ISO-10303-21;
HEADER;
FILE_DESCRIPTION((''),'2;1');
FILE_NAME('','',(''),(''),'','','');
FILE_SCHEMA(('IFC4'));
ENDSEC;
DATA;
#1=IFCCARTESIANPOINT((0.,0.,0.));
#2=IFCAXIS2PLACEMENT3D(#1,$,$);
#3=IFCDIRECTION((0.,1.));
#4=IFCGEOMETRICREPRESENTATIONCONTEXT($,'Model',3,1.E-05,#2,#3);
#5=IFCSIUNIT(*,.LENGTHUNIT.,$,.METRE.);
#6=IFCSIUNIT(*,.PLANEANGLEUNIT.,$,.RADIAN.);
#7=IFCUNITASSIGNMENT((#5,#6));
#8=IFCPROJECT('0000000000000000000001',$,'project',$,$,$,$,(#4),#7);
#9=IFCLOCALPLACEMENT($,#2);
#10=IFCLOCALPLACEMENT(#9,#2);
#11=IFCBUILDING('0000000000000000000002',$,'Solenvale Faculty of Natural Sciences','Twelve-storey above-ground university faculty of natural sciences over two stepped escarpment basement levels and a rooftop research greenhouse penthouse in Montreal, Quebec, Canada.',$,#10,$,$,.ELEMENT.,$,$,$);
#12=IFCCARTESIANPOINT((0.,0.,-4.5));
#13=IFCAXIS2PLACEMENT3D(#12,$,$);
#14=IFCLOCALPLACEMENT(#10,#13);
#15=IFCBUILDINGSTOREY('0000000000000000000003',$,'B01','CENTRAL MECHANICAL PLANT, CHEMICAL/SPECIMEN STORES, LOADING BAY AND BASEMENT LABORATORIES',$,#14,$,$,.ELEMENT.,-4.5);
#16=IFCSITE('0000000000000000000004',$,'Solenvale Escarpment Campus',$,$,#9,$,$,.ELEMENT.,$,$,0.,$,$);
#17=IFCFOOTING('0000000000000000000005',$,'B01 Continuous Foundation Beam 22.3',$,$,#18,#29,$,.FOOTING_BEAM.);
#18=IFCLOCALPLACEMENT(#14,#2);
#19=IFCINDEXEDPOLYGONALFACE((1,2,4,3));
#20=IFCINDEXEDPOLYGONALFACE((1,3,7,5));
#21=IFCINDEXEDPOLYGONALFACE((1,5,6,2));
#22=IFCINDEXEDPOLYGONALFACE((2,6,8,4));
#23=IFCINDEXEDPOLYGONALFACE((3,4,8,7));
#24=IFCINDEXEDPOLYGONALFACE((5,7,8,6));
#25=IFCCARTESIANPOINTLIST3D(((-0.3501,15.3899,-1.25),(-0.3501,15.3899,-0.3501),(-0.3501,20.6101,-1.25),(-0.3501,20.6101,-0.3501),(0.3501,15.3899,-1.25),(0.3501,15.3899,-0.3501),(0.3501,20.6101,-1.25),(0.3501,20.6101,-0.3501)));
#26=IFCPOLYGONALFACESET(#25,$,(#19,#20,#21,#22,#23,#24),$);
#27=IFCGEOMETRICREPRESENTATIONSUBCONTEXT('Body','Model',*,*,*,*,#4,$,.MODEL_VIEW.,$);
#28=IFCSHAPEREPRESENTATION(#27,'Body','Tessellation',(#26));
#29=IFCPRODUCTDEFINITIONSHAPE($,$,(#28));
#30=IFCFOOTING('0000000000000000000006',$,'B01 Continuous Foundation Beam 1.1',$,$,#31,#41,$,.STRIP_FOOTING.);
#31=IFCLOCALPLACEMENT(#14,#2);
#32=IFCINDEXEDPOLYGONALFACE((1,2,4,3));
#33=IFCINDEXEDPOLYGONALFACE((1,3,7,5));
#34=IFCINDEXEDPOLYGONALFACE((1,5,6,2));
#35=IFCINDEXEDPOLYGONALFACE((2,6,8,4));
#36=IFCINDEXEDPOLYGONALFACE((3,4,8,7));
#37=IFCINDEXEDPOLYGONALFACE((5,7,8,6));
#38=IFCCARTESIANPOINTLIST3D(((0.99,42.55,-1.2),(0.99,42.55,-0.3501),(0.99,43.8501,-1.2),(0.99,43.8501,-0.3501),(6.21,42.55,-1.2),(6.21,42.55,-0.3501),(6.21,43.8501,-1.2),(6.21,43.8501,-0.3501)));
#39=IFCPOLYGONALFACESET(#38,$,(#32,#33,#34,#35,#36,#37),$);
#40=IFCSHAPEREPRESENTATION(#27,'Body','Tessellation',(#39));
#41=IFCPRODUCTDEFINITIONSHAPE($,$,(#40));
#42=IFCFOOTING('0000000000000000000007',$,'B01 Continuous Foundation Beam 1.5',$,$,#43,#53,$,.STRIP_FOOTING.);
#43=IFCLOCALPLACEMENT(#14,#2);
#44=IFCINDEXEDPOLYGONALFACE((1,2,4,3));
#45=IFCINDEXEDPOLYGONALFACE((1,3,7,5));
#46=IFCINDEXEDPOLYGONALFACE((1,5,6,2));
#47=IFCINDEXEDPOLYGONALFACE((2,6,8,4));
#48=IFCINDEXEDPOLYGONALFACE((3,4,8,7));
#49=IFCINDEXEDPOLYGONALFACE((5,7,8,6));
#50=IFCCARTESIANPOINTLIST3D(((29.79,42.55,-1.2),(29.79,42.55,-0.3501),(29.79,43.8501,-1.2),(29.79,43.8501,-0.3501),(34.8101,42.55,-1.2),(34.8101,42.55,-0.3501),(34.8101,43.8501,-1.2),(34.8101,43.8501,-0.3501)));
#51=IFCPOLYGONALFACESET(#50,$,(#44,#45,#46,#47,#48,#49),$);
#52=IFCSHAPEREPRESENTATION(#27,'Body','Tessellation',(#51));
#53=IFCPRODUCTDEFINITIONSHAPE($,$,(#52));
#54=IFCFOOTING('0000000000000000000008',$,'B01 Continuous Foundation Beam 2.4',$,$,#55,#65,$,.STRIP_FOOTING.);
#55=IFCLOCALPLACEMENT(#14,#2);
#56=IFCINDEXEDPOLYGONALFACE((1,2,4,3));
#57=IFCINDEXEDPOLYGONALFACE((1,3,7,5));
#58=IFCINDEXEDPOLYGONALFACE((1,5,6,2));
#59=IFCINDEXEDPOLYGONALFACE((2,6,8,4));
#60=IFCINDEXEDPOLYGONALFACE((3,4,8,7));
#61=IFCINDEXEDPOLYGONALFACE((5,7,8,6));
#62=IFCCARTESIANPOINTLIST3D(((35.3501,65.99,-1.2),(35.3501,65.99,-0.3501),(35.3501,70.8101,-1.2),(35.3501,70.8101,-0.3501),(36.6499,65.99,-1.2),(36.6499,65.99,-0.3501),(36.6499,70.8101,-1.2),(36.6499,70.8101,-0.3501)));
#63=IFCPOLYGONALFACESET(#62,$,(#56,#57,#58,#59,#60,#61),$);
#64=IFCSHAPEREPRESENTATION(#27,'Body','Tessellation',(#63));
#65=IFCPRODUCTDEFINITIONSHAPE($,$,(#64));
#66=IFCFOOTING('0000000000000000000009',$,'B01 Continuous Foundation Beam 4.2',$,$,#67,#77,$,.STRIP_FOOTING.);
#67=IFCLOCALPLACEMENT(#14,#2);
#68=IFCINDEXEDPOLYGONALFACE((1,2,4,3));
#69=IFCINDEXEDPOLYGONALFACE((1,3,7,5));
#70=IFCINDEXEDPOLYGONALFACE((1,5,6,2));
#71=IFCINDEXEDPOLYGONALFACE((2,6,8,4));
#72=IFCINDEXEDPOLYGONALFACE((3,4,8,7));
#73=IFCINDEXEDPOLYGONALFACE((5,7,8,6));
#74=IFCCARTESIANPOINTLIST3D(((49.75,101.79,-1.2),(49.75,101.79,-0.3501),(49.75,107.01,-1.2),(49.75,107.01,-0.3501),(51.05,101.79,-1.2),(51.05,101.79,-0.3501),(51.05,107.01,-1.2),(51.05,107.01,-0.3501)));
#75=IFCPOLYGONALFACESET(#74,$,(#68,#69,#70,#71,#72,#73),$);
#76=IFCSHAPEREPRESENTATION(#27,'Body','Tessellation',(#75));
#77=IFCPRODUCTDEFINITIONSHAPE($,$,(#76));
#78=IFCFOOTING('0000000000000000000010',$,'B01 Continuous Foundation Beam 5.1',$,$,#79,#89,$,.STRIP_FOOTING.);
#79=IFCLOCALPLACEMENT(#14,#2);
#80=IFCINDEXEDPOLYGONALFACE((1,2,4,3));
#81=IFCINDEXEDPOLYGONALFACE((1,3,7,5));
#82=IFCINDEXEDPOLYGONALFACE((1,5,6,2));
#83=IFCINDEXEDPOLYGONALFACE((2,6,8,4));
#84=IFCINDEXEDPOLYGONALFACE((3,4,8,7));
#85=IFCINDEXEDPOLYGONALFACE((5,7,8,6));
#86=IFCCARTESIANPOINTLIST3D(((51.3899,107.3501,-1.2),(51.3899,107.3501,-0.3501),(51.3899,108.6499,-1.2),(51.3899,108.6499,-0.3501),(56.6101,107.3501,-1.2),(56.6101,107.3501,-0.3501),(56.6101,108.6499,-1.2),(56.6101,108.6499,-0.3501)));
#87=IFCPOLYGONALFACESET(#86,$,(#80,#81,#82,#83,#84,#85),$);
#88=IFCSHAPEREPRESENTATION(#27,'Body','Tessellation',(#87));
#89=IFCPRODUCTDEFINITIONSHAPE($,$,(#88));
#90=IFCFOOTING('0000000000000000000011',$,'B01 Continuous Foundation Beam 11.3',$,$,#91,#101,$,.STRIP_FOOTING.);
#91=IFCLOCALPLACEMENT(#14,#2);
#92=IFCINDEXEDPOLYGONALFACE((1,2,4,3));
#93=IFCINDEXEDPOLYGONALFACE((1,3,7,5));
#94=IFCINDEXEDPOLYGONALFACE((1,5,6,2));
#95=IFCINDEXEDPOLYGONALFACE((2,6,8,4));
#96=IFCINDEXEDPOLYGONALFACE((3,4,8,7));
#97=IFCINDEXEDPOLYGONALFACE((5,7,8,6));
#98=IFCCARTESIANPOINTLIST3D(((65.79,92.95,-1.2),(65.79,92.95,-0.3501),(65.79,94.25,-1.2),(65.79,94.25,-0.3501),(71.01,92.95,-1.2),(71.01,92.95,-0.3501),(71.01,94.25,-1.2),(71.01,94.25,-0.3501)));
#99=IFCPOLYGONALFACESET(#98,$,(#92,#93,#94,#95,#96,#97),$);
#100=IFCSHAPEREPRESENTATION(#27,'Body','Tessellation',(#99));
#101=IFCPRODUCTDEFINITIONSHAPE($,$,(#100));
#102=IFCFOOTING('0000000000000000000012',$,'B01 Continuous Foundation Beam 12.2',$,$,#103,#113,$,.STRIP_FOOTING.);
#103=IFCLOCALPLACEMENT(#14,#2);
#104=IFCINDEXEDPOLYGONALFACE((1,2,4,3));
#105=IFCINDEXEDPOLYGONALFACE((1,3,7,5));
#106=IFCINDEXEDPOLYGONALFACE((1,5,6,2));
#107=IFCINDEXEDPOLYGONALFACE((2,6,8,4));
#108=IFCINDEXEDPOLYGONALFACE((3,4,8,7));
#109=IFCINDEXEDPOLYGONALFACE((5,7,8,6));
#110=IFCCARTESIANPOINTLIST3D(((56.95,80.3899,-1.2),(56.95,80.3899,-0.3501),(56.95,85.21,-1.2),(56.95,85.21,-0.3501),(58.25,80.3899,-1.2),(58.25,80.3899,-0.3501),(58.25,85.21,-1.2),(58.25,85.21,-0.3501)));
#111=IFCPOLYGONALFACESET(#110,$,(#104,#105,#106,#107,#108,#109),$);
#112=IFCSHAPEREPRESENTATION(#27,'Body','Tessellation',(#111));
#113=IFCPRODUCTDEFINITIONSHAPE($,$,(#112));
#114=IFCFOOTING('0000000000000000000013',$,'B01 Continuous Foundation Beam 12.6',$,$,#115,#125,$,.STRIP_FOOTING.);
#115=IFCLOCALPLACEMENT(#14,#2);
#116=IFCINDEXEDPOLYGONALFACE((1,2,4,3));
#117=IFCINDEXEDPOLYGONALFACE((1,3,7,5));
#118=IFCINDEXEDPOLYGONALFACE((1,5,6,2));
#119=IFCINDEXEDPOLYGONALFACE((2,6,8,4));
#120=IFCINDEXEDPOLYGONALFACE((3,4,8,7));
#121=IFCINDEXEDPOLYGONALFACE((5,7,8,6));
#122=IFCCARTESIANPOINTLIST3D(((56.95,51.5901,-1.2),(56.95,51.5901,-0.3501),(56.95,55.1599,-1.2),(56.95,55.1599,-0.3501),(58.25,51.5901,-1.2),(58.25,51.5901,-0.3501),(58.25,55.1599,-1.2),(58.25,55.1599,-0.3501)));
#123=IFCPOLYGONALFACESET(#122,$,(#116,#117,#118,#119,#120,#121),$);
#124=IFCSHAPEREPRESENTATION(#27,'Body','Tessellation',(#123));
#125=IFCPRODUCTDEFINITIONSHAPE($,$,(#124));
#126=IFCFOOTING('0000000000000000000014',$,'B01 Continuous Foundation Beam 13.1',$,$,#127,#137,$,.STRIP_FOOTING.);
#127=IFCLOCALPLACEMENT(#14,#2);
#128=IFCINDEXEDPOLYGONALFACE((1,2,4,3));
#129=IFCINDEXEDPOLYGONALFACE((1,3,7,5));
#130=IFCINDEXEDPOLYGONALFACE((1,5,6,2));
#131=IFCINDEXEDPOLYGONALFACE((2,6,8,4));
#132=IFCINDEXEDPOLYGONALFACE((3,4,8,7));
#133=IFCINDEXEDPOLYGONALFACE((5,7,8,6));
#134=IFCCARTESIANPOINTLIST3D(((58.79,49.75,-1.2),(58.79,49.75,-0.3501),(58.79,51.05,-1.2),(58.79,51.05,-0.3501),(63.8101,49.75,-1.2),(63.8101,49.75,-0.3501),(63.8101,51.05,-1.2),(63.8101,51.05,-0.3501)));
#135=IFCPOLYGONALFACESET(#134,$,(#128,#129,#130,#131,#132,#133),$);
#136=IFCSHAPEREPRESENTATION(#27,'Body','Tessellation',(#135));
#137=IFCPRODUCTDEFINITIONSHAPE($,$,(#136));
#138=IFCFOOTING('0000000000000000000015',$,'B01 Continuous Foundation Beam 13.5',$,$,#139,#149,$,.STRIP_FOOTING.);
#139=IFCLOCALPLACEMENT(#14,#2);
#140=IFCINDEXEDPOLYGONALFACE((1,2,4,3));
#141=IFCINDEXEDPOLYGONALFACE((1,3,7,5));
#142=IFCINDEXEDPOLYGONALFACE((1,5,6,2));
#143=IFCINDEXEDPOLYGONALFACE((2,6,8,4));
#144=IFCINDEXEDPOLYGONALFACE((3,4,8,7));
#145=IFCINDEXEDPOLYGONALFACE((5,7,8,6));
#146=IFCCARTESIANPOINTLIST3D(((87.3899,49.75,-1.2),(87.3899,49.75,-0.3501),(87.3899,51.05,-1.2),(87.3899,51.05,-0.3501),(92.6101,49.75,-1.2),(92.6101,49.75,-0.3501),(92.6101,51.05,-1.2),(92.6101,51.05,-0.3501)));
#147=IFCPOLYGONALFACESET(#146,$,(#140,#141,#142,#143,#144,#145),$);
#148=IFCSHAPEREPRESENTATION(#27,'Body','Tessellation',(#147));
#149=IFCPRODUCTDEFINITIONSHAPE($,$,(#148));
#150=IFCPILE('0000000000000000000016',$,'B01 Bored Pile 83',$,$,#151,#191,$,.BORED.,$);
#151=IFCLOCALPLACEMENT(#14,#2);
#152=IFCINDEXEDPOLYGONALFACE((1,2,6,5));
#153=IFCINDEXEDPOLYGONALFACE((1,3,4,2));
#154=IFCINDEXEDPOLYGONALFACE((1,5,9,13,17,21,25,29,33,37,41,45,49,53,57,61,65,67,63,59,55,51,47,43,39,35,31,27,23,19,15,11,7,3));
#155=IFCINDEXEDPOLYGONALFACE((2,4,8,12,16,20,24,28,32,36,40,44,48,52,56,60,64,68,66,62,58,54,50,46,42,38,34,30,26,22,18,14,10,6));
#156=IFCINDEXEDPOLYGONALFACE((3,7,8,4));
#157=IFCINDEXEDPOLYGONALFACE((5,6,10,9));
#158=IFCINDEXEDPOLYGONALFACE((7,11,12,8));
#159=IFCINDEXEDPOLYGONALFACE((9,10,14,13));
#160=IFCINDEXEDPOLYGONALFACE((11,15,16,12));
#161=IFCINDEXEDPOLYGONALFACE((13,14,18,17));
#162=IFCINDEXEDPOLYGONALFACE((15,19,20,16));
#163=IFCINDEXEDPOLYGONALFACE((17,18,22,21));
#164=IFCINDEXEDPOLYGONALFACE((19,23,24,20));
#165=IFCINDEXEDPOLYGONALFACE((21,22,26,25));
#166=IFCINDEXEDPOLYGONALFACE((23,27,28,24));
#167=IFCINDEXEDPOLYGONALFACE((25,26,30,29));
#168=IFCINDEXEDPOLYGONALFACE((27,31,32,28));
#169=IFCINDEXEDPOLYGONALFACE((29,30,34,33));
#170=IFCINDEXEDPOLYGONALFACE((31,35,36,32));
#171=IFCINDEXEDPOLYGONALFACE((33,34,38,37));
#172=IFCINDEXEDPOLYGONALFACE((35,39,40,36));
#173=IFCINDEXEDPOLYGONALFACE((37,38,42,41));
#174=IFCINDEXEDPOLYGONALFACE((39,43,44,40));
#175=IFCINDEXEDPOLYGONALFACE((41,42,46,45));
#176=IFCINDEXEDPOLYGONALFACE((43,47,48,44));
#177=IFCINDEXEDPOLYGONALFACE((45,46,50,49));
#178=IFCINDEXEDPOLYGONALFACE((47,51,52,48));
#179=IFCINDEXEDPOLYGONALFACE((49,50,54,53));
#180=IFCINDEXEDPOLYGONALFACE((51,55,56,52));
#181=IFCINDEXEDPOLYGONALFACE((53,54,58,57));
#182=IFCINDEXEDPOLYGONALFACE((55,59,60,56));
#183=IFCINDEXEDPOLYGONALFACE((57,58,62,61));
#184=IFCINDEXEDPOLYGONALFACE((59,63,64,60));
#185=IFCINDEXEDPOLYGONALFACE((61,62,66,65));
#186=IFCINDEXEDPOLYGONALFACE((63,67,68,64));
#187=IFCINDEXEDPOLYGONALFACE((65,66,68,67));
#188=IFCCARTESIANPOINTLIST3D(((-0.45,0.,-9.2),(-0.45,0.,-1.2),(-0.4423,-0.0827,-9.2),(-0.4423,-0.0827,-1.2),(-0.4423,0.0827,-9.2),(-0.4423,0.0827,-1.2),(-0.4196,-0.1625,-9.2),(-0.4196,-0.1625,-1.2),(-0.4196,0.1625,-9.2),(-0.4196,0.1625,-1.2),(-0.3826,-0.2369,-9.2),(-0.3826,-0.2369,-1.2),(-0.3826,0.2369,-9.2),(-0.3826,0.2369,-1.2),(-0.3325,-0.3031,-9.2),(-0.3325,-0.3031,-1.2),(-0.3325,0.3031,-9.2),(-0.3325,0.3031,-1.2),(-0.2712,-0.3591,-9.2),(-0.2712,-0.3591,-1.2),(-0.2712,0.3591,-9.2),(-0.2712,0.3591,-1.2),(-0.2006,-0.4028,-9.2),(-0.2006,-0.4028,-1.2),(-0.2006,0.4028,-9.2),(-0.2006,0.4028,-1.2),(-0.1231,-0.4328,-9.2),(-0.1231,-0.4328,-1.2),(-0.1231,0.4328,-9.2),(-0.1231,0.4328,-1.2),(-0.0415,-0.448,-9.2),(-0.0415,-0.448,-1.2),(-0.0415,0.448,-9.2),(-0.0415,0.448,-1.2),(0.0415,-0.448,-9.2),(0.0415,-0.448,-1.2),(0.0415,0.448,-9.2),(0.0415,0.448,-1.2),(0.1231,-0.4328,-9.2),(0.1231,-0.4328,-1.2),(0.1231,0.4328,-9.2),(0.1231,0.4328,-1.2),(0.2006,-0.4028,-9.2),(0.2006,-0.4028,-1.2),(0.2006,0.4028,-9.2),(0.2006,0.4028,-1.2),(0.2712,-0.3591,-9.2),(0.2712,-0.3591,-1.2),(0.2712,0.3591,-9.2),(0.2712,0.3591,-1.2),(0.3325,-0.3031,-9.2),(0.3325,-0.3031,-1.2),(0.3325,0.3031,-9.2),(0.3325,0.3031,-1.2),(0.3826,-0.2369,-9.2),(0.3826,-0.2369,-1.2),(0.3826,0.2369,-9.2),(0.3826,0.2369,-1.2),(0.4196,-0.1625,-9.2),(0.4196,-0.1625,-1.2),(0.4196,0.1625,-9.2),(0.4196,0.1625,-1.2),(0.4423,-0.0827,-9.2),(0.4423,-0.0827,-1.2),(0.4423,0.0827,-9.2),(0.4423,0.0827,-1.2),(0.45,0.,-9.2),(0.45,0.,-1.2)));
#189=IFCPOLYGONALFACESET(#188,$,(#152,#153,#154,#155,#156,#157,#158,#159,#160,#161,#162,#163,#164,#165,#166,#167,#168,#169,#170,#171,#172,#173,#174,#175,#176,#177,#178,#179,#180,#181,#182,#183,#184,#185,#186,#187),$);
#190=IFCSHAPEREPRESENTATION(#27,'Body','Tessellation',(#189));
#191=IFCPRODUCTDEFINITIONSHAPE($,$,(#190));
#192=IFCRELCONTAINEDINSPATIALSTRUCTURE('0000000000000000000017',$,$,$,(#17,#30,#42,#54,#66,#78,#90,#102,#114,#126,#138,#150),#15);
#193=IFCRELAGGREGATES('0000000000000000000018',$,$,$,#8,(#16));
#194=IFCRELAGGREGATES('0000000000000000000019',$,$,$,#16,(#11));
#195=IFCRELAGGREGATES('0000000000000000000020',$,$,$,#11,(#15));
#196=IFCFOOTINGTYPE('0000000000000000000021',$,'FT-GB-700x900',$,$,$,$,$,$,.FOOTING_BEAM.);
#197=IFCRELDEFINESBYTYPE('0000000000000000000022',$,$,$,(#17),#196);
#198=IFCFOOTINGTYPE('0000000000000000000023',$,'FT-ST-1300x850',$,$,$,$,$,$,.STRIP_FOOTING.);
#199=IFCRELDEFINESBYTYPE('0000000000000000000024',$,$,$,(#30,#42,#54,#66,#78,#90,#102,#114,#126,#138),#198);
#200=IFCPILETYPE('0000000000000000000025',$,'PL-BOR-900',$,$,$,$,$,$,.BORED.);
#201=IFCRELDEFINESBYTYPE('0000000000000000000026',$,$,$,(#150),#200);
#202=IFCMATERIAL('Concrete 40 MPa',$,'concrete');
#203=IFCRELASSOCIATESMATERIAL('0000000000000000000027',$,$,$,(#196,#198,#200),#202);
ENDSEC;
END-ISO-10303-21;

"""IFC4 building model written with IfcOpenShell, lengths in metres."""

from ifc_helpers import new_model, si_unit, direction, frame, origin, origin_2d, place, context, subcontext, project, spatial, polyline, circle, outline, extrude, material, material_profile, profile_set, type_object, element, save


model = new_model("IFC4")

# Units and contexts
model_context = context("Model", 3, precision=1e-05, world=origin(), true_north=direction((0.0, 1.0)))
body_context = subcontext(model_context, "Body", "Model", "MODEL_VIEW")
ifc_project = project(units=[si_unit("LENGTHUNIT", "METRE"), si_unit("PLANEANGLEUNIT", "RADIAN")], contexts=[model_context])

# Site, building, storey
site_placement = place(None, origin())
site = spatial("IfcSite", under=ifc_project, at=site_placement, Name="Solenvale Escarpment Campus", CompositionType="ELEMENT", RefElevation=0.0)
building_placement = place(site_placement, origin())
building = spatial("IfcBuilding", under=site, at=building_placement, Name="Solenvale Faculty of Natural Sciences", Description="Twelve-storey above-ground university faculty of natural sciences over two stepped escarpment basement levels and a rooftop research greenhouse penthouse in Montreal, Quebec, Canada.", CompositionType="ELEMENT")
storey_placement = place(building_placement, frame((0.0, 0.0, -4.5)))
storey = spatial("IfcBuildingStorey", under=building, at=storey_placement, Name="B01", Description="CENTRAL MECHANICAL PLANT, CHEMICAL/SPECIMEN STORES, LOADING BAY AND BASEMENT LABORATORIES", CompositionType="ELEMENT", Elevation=-4.5)

# Footings
ifc_material = material(Name="Concrete 40 MPa", Category="concrete")
footing_type_1 = type_object("IfcFootingType", Name="FT-GB-700x900", PredefinedType="FOOTING_BEAM", material=ifc_material)
footing_1_placement = place(storey_placement, frame((0.0, 0.0, -1.25)))
element("IfcFooting", 1, at=footing_1_placement, inside=storey, type_object=footing_type_1, Name="B01 Continuous Foundation Beam 22.3", PredefinedType="FOOTING_BEAM", context=body_context, shape_type="SweptSolid", body=[
    extrude(outline(polyline([(-0.3501, 15.3899), (0.3501, 15.3899), (0.3501, 20.6101), (-0.3501, 20.6101), (-0.3501, 15.3899)])), origin(), (0.0, 0.0, 1.0), 0.8999),
])
footing_type_2 = type_object("IfcFootingType", Name="FT-ST-1300x850", PredefinedType="STRIP_FOOTING", material=ifc_material)
footing_2_placement = place(storey_placement, frame((0.0, 0.0, -1.2)))
element("IfcFooting", 2, at=footing_2_placement, inside=storey, type_object=footing_type_2, Name="B01 Continuous Foundation Beam 1.1", PredefinedType="STRIP_FOOTING", context=body_context, shape_type="SweptSolid", body=[
    extrude(outline(polyline([(0.99, 42.55), (6.21, 42.55), (6.21, 43.8501), (0.99, 43.8501), (0.99, 42.55)])), origin(), (0.0, 0.0, 1.0), 0.8499),
])
footing_3_placement = place(storey_placement, frame((0.0, 0.0, -1.2)))
element("IfcFooting", 3, at=footing_3_placement, inside=storey, type_object=footing_type_2, Name="B01 Continuous Foundation Beam 1.5", PredefinedType="STRIP_FOOTING", context=body_context, shape_type="SweptSolid", body=[
    extrude(outline(polyline([(29.79, 42.55), (34.8101, 42.55), (34.8101, 43.8501), (29.79, 43.8501), (29.79, 42.55)])), origin(), (0.0, 0.0, 1.0), 0.8499),
])
footing_4_placement = place(storey_placement, frame((0.0, 0.0, -1.2)))
element("IfcFooting", 4, at=footing_4_placement, inside=storey, type_object=footing_type_2, Name="B01 Continuous Foundation Beam 2.4", PredefinedType="STRIP_FOOTING", context=body_context, shape_type="SweptSolid", body=[
    extrude(outline(polyline([(35.3501, 65.99), (36.6499, 65.99), (36.6499, 70.8101), (35.3501, 70.8101), (35.3501, 65.99)])), origin(), (0.0, 0.0, 1.0), 0.8499),
])
footing_5_placement = place(storey_placement, frame((0.0, 0.0, -1.2)))
element("IfcFooting", 5, at=footing_5_placement, inside=storey, type_object=footing_type_2, Name="B01 Continuous Foundation Beam 4.2", PredefinedType="STRIP_FOOTING", context=body_context, shape_type="SweptSolid", body=[
    extrude(outline(polyline([(49.75, 101.79), (51.05, 101.79), (51.05, 107.01), (49.75, 107.01), (49.75, 101.79)])), origin(), (0.0, 0.0, 1.0), 0.8499),
])
footing_6_placement = place(storey_placement, frame((0.0, 0.0, -1.2)))
element("IfcFooting", 6, at=footing_6_placement, inside=storey, type_object=footing_type_2, Name="B01 Continuous Foundation Beam 5.1", PredefinedType="STRIP_FOOTING", context=body_context, shape_type="SweptSolid", body=[
    extrude(outline(polyline([(51.3899, 107.3501), (56.6101, 107.3501), (56.6101, 108.6499), (51.3899, 108.6499), (51.3899, 107.3501)])), origin(), (0.0, 0.0, 1.0), 0.8499),
])
footing_7_placement = place(storey_placement, frame((0.0, 0.0, -1.2)))
element("IfcFooting", 7, at=footing_7_placement, inside=storey, type_object=footing_type_2, Name="B01 Continuous Foundation Beam 11.3", PredefinedType="STRIP_FOOTING", context=body_context, shape_type="SweptSolid", body=[
    extrude(outline(polyline([(65.79, 92.95), (71.01, 92.95), (71.01, 94.25), (65.79, 94.25), (65.79, 92.95)])), origin(), (0.0, 0.0, 1.0), 0.8499),
])
footing_8_placement = place(storey_placement, frame((0.0, 0.0, -1.2)))
element("IfcFooting", 8, at=footing_8_placement, inside=storey, type_object=footing_type_2, Name="B01 Continuous Foundation Beam 12.2", PredefinedType="STRIP_FOOTING", context=body_context, shape_type="SweptSolid", body=[
    extrude(outline(polyline([(56.95, 80.3899), (58.25, 80.3899), (58.25, 85.21), (56.95, 85.21), (56.95, 80.3899)])), origin(), (0.0, 0.0, 1.0), 0.8499),
])
footing_9_placement = place(storey_placement, frame((0.0, 0.0, -1.2)))
element("IfcFooting", 9, at=footing_9_placement, inside=storey, type_object=footing_type_2, Name="B01 Continuous Foundation Beam 12.6", PredefinedType="STRIP_FOOTING", context=body_context, shape_type="SweptSolid", body=[
    extrude(outline(polyline([(56.95, 51.5901), (58.25, 51.5901), (58.25, 55.1599), (56.95, 55.1599), (56.95, 51.5901)])), origin(), (0.0, 0.0, 1.0), 0.8499),
])
footing_10_placement = place(storey_placement, frame((0.0, 0.0, -1.2)))
element("IfcFooting", 10, at=footing_10_placement, inside=storey, type_object=footing_type_2, Name="B01 Continuous Foundation Beam 13.1", PredefinedType="STRIP_FOOTING", context=body_context, shape_type="SweptSolid", body=[
    extrude(outline(polyline([(58.79, 49.75), (63.8101, 49.75), (63.8101, 51.05), (58.79, 51.05), (58.79, 49.75)])), origin(), (0.0, 0.0, 1.0), 0.8499),
])
footing_11_placement = place(storey_placement, frame((0.0, 0.0, -1.2)))
element("IfcFooting", 11, at=footing_11_placement, inside=storey, type_object=footing_type_2, Name="B01 Continuous Foundation Beam 13.5", PredefinedType="STRIP_FOOTING", context=body_context, shape_type="SweptSolid", body=[
    extrude(outline(polyline([(87.3899, 49.75), (92.6101, 49.75), (92.6101, 51.05), (87.3899, 51.05), (87.3899, 49.75)])), origin(), (0.0, 0.0, 1.0), 0.8499),
])

# Pile
ifc_material_profile = material_profile(ifc_material, circle(Radius=0.45, at=origin_2d()), Name="PILE-D900")
ifc_profile_set = profile_set([ifc_material_profile], Name="Concrete 40 MPa")
pile_type = type_object("IfcPileType", Name="PL-BOR-900", PredefinedType="BORED", material=ifc_profile_set)
pile_placement = place(storey_placement, frame((0.0, 0.0, -1.2), z_axis=(0.0, 0.0, -1.0), x_axis=(1.0, 0.0, 0.0)))
element("IfcPile", 12, at=pile_placement, inside=storey, type_object=pile_type, Name="B01 Bored Pile 83", PredefinedType="BORED", context=body_context, shape_type="SweptSolid", body=[
    extrude(circle(Radius=0.45, at=origin_2d()), origin(), (0.0, 0.0, 1.0), 8.0),
])

save(model, "model.ifc")
